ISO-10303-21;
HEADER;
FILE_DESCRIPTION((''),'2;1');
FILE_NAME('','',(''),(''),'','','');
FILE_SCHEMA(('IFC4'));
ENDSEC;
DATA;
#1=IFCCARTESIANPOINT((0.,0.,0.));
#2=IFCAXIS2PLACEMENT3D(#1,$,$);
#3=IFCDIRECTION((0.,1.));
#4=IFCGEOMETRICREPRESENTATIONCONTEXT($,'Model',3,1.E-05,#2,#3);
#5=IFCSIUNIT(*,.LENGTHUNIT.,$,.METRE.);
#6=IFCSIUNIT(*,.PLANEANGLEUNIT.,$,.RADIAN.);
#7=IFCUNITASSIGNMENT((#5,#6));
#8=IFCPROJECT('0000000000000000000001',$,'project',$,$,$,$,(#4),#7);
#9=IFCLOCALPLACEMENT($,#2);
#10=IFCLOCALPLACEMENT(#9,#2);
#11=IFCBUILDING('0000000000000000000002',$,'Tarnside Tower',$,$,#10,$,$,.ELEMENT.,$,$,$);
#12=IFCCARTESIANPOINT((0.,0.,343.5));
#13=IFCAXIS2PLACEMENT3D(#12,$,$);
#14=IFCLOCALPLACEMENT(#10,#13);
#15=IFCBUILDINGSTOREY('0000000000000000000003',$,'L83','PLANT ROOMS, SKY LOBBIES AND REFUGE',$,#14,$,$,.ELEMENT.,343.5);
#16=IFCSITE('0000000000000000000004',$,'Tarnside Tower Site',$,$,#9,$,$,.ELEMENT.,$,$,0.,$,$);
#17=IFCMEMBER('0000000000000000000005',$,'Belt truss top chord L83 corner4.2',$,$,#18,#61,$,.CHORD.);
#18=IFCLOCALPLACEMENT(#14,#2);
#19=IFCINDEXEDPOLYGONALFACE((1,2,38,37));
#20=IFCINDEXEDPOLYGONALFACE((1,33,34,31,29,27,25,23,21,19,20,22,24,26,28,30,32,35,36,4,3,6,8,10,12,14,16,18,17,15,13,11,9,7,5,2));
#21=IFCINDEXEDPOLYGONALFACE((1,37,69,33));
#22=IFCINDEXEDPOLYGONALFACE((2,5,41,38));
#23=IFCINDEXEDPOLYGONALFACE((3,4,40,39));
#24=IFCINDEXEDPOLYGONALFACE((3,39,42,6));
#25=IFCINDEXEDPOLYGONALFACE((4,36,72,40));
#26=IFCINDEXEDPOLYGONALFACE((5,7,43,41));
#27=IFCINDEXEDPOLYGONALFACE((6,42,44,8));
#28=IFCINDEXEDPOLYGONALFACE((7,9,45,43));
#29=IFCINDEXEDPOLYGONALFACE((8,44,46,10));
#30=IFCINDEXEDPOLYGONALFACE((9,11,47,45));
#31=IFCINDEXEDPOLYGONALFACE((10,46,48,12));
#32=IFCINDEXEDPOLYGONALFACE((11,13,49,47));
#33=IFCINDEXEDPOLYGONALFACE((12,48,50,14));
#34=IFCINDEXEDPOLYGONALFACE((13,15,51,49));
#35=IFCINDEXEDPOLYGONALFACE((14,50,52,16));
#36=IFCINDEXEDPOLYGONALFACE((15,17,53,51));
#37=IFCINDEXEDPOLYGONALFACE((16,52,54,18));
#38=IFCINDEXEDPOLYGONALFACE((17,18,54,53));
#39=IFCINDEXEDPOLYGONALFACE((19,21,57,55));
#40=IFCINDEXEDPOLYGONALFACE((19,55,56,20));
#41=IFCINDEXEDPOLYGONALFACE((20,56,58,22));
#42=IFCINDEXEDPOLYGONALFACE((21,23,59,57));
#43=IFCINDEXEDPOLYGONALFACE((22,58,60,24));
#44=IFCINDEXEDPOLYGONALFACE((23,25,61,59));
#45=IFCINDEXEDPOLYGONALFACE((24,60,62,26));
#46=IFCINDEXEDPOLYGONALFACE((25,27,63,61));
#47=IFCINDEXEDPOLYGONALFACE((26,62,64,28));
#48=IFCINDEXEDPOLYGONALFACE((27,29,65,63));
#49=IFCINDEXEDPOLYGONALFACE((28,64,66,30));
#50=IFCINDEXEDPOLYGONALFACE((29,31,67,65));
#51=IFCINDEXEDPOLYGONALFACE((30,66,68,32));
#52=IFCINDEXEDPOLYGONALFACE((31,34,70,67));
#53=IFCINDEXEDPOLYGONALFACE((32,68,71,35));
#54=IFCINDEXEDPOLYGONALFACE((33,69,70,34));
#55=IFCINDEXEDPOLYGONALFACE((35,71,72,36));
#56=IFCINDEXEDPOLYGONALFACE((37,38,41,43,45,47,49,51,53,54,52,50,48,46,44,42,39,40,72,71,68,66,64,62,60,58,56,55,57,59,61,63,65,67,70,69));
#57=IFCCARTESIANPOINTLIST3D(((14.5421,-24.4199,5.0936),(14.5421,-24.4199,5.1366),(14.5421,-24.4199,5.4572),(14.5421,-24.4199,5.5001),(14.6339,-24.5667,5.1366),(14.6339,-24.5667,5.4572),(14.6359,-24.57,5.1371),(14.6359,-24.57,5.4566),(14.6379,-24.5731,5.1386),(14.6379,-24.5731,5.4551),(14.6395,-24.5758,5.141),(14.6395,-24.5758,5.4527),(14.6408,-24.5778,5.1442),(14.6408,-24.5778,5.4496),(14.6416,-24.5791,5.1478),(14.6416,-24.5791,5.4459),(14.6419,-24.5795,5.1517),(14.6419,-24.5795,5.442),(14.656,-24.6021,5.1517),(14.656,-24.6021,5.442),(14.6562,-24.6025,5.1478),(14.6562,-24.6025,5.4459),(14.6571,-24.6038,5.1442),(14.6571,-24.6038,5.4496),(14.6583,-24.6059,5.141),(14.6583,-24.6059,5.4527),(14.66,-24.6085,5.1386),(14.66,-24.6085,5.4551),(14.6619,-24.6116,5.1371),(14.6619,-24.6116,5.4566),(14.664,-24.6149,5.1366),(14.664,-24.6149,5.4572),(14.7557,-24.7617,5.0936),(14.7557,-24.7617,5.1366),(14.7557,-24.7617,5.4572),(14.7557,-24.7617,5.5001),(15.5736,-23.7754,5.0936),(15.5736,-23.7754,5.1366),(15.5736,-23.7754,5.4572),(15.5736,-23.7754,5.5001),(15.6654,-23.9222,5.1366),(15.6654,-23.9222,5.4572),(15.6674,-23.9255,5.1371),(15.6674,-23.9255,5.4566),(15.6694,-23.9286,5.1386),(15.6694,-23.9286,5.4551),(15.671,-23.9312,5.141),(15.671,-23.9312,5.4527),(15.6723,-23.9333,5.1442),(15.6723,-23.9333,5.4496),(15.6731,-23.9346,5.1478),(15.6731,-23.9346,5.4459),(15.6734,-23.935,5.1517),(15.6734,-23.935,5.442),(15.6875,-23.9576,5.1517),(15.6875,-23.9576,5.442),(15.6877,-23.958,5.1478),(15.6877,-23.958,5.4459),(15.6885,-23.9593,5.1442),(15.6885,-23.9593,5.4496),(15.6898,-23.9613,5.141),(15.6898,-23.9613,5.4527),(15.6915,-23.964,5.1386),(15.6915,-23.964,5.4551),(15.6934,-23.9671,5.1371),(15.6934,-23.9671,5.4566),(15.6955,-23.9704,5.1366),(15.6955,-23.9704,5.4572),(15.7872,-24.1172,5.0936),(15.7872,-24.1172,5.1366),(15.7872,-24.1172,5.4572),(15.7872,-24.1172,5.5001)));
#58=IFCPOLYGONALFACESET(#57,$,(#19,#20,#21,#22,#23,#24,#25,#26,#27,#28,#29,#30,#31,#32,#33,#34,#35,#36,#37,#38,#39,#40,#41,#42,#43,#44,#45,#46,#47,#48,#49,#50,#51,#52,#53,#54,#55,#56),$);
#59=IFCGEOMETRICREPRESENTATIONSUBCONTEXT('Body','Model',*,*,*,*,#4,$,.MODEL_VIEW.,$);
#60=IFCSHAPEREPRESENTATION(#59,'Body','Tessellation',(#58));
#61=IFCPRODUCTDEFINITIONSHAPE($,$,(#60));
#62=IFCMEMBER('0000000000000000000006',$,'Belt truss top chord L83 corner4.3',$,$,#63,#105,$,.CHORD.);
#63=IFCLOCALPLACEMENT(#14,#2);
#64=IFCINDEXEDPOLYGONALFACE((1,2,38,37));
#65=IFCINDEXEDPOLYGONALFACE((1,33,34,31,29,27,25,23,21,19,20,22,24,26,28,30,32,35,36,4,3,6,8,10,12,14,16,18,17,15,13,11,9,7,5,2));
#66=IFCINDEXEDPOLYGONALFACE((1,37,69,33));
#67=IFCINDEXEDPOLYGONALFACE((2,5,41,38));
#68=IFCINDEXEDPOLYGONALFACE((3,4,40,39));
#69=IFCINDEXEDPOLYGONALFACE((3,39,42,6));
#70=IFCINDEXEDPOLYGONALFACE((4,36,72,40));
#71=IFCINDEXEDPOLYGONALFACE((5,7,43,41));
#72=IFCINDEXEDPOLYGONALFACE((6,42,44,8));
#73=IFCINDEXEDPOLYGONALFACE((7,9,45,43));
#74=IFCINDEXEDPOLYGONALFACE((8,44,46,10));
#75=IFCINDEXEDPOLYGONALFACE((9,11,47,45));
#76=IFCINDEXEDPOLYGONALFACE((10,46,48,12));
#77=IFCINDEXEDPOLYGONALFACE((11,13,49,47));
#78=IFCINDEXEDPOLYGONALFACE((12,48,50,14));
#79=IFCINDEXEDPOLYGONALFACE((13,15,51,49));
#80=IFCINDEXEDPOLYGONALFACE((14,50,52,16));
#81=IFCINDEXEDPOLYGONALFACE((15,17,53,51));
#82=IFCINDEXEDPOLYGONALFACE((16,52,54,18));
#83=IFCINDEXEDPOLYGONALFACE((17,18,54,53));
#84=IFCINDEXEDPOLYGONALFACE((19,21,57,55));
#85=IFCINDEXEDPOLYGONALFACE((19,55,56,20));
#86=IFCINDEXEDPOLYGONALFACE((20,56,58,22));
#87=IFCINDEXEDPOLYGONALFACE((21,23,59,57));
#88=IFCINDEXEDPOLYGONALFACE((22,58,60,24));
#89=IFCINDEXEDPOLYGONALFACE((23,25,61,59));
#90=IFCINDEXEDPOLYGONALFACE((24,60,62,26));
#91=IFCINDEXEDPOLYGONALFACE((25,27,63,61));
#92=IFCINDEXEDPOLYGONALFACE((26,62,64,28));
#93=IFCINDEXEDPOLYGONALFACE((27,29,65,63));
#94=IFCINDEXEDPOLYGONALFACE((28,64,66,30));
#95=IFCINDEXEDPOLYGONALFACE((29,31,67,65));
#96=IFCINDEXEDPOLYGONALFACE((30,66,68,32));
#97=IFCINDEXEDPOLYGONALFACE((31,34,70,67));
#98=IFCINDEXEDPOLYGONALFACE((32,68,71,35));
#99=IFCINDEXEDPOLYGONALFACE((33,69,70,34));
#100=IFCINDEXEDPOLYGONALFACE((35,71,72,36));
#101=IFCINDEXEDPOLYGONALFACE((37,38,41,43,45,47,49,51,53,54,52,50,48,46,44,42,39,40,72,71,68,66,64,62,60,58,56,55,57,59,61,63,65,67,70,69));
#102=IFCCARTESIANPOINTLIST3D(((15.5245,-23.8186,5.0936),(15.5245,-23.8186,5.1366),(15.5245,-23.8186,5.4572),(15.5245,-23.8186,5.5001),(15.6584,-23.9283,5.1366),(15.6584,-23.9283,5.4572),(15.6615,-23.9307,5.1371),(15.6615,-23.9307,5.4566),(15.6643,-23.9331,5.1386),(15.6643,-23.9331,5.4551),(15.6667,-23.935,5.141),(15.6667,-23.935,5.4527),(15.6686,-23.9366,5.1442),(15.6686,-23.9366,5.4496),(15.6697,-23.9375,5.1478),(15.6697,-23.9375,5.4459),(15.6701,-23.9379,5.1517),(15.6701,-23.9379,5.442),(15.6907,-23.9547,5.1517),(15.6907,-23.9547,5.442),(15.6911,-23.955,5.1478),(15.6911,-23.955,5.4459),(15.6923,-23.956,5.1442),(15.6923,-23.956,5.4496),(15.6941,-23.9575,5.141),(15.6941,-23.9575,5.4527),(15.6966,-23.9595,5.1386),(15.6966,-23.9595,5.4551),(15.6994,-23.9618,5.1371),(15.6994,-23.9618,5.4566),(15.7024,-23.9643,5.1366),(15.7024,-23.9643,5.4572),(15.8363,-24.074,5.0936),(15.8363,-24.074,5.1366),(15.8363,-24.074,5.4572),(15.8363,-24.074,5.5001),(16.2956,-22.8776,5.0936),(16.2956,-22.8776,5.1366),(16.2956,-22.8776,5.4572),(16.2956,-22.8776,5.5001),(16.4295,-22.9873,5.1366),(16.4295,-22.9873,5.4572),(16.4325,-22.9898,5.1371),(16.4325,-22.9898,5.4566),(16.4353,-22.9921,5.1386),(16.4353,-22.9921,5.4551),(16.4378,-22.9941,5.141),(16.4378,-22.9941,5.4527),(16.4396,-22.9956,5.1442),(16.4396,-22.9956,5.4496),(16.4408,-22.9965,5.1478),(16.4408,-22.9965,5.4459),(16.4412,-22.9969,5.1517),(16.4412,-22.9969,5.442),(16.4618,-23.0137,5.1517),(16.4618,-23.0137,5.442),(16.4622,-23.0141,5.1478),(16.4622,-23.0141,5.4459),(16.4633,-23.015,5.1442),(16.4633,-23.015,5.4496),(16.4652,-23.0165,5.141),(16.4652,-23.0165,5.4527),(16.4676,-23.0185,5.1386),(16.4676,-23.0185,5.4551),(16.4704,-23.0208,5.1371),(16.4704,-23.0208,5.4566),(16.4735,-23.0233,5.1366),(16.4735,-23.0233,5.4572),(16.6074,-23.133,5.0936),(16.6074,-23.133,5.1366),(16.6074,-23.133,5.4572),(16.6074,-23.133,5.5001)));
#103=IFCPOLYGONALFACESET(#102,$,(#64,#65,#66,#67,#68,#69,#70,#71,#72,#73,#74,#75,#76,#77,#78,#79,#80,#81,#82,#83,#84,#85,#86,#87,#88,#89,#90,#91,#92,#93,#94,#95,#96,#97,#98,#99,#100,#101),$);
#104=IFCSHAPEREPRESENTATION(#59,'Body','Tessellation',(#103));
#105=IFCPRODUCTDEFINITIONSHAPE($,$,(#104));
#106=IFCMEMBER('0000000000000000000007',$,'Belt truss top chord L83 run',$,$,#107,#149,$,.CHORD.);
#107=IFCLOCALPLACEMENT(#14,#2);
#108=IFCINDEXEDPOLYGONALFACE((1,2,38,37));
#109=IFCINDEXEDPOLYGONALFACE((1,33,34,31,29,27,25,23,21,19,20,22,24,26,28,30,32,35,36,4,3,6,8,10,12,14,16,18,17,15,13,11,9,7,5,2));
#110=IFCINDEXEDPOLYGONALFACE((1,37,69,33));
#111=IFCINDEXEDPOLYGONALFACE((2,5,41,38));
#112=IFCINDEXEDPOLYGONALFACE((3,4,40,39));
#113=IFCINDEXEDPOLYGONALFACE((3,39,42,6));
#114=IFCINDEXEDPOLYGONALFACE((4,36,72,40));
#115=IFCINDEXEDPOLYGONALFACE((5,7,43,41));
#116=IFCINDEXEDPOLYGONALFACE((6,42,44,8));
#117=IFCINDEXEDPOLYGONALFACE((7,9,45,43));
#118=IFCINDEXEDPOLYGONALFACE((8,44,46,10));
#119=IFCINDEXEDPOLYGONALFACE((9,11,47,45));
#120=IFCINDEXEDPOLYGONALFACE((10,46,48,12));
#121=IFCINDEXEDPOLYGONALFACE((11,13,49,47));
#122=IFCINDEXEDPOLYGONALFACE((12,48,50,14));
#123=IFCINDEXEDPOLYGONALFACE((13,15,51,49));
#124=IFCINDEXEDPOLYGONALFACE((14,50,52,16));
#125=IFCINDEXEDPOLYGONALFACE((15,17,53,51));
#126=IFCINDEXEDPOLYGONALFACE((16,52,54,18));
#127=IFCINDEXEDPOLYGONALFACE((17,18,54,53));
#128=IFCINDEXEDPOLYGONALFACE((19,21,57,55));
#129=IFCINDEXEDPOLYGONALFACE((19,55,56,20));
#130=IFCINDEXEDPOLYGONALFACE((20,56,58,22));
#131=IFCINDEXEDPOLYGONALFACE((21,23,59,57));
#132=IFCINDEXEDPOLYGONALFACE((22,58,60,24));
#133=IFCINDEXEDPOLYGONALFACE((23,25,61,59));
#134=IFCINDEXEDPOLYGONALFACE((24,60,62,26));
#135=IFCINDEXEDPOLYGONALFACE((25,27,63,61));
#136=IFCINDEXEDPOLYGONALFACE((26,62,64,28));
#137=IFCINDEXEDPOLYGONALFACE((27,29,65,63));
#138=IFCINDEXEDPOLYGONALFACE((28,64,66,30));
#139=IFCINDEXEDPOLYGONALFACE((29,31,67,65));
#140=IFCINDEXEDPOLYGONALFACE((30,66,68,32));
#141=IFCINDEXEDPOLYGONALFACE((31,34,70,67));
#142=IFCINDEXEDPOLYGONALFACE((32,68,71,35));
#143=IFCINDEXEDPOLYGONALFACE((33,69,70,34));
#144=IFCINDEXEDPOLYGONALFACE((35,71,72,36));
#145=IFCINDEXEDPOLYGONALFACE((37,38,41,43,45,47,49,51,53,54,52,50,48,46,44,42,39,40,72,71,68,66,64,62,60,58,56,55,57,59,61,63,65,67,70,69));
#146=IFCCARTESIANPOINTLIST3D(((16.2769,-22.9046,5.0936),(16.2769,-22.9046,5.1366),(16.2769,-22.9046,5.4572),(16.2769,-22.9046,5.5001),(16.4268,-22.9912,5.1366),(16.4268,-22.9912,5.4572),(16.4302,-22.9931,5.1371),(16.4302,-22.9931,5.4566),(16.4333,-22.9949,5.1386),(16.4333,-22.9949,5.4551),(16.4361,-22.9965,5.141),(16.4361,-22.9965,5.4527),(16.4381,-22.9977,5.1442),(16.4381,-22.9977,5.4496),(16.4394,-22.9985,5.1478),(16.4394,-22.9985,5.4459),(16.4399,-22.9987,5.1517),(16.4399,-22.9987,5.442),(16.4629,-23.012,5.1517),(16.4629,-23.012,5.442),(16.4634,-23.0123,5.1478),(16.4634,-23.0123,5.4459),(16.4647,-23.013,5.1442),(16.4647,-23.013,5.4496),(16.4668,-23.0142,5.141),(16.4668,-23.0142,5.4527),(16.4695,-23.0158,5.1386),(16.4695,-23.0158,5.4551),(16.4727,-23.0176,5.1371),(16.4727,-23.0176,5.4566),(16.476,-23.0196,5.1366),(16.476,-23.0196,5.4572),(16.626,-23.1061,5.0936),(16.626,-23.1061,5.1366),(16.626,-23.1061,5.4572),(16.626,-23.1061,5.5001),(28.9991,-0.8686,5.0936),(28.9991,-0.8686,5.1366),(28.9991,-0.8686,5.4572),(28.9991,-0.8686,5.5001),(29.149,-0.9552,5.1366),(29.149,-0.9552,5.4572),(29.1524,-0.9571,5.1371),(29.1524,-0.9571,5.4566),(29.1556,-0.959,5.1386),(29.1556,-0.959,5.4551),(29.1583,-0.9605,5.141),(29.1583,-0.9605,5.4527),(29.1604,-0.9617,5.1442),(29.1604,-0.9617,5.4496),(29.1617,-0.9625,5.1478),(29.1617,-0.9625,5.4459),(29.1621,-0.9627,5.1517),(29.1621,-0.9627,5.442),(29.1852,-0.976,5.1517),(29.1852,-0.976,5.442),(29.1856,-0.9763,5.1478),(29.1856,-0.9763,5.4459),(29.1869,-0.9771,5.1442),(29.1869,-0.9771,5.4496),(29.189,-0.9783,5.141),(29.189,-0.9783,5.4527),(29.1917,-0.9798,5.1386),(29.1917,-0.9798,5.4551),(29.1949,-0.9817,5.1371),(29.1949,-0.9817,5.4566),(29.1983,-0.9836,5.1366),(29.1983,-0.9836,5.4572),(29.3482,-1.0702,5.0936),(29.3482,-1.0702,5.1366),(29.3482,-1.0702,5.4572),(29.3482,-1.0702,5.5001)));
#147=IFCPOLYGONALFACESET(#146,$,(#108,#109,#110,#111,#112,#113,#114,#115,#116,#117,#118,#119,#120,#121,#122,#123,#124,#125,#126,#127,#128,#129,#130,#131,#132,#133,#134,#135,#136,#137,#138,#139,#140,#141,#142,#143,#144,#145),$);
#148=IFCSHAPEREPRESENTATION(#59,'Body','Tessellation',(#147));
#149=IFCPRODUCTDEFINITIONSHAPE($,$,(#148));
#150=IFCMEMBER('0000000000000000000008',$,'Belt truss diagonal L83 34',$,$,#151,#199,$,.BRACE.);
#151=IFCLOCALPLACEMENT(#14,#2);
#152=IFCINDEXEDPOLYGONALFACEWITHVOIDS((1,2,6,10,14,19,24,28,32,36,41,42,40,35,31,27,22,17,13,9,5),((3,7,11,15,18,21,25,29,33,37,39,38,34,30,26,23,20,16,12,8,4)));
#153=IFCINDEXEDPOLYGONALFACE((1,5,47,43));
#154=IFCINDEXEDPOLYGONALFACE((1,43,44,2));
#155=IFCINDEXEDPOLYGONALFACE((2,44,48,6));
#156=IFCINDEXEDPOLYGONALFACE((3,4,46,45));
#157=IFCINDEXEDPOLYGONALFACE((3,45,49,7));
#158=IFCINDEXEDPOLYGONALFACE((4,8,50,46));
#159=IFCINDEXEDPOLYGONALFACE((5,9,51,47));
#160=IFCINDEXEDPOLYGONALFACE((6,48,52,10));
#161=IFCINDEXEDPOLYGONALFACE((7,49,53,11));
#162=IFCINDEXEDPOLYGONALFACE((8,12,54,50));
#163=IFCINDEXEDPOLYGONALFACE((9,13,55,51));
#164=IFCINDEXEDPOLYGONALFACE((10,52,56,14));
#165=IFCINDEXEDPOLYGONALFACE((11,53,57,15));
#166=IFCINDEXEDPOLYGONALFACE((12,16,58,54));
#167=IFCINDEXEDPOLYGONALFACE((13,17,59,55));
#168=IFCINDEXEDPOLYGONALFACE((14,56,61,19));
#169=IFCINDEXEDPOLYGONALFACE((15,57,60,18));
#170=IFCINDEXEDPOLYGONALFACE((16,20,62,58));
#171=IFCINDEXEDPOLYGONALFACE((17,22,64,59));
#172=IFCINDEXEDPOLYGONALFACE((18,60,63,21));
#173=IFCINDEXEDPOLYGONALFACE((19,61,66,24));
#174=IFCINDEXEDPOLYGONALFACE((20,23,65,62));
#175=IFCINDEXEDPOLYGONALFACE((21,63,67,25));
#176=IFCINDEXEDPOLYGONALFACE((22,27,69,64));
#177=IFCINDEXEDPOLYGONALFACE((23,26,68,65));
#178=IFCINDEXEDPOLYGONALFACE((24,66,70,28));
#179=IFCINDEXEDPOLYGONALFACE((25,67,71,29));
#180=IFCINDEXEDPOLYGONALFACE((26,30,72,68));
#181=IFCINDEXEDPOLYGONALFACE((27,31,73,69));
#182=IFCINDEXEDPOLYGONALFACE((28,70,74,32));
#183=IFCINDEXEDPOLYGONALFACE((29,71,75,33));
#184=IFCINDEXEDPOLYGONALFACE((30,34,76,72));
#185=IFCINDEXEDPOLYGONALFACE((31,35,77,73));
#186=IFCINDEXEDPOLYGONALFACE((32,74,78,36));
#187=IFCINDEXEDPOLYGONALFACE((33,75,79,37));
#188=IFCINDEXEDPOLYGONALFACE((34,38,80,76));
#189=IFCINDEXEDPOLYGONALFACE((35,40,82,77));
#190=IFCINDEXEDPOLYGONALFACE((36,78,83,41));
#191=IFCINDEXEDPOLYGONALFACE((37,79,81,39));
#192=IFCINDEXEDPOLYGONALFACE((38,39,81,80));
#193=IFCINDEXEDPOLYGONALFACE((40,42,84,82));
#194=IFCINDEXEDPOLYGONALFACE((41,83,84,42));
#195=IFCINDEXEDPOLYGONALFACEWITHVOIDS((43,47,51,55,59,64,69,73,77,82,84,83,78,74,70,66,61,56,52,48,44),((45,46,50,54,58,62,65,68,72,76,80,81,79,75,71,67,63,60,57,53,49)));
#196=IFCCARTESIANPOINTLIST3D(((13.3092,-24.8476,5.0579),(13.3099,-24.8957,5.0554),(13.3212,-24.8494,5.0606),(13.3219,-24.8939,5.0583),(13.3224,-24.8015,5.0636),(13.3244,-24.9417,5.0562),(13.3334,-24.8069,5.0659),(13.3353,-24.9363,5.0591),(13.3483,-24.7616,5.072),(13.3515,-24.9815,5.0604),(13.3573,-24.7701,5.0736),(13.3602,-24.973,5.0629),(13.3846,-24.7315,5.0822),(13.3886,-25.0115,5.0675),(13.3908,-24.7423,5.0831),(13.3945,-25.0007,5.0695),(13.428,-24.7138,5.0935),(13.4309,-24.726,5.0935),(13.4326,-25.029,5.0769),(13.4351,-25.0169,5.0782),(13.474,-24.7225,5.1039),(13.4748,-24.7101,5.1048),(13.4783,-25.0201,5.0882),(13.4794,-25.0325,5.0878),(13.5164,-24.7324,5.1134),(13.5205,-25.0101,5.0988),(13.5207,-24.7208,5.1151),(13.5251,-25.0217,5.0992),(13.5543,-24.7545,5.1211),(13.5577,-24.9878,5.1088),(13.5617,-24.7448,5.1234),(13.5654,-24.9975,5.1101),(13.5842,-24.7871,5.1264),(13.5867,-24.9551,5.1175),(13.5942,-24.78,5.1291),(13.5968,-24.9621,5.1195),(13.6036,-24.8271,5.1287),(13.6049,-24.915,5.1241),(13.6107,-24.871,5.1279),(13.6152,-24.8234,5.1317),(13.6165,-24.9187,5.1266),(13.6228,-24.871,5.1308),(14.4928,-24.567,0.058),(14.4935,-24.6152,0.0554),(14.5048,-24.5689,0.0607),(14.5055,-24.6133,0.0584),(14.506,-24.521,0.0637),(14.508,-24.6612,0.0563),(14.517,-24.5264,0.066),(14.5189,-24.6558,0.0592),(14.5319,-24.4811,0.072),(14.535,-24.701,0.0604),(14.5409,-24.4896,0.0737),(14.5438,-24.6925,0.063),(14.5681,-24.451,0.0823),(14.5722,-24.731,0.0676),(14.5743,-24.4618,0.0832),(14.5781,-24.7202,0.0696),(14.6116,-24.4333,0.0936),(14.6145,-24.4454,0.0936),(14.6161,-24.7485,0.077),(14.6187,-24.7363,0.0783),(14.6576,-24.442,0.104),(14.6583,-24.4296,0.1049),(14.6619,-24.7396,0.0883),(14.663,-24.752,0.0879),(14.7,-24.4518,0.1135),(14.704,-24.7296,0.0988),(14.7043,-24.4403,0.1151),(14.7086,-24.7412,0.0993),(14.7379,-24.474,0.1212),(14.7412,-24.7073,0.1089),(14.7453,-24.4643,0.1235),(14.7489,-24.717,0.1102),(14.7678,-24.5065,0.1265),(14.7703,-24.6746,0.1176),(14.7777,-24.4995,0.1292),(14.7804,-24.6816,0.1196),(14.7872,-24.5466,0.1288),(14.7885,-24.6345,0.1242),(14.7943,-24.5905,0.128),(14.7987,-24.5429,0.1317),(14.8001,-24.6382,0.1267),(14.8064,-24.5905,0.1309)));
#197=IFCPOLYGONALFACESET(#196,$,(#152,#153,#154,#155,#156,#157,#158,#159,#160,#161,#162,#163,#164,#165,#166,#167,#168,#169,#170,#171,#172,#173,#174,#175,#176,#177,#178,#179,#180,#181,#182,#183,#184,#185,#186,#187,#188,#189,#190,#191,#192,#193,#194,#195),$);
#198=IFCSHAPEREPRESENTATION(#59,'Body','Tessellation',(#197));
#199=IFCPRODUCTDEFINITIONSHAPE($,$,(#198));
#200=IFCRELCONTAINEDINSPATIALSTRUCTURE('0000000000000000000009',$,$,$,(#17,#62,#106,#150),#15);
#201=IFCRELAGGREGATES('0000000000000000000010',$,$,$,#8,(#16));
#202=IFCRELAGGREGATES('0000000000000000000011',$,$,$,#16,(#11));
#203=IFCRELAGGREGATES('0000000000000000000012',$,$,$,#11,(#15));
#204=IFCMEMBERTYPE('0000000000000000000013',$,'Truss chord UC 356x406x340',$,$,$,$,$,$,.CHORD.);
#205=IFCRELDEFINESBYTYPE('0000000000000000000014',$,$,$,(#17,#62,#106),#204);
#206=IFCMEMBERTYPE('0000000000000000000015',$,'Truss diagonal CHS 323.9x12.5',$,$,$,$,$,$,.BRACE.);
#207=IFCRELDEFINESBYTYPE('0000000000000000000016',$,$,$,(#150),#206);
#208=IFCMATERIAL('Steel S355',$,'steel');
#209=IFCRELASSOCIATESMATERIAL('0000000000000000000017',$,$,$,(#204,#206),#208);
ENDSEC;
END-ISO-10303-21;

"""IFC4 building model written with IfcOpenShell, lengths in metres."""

from ifc_helpers import new_model, si_unit, direction, frame, origin, origin_2d, place, context, subcontext, project, spatial, hollow_circle, i_section, extrude, material, material_profile, profile_set, type_object, element, save


model = new_model("IFC4")

# Units and contexts
model_context = context("Model", 3, precision=1e-05, world=origin(), true_north=direction((0.0, 1.0)))
body_context = subcontext(model_context, "Body", "Model", "MODEL_VIEW")
ifc_project = project(units=[si_unit("LENGTHUNIT", "METRE"), si_unit("PLANEANGLEUNIT", "RADIAN")], contexts=[model_context])

# Site, building, storey
site_placement = place(None, origin())
site = spatial("IfcSite", under=ifc_project, at=site_placement, Name="Tarnside Tower Site", CompositionType="ELEMENT", RefElevation=0.0)
building_placement = place(site_placement, origin())
building = spatial("IfcBuilding", under=site, at=building_placement, Name="Tarnside Tower", CompositionType="ELEMENT")
storey_placement = place(building_placement, frame((0.0, 0.0, 343.5)))
storey = spatial("IfcBuildingStorey", under=building, at=storey_placement, Name="L83", Description="PLANT ROOMS, SKY LOBBIES AND REFUGE", CompositionType="ELEMENT", Elevation=343.5)

# Shared definitions
ifc_material_1 = material(Name="Steel S355", Category="steel")

# Members
ifc_material_profile_1 = material_profile(ifc_material_1, i_section(OverallWidth=0.4031, OverallDepth=0.4065, WebThickness=0.0266, FlangeThickness=0.043, FilletRadius=0.0151, at=origin_2d()), Name="UC 356x406x340")
ifc_profile_set_1 = profile_set([ifc_material_profile_1], Name="Steel S355")
member_type_1 = type_object("IfcMemberType", Name="Truss chord UC 356x406x340", PredefinedType="CHORD", material=ifc_profile_set_1)
for number, where, z_axis, x_axis, name in (
    (1, (14.6489, -24.5908, 5.2969), (0.848055, 0.529909, 0.0), (-0.529909, 0.848055, 0.0), "Belt truss top chord L83 corner4.2"),
):
    element("IfcMember", number, at=place(storey_placement, frame(where, z_axis=z_axis, x_axis=x_axis)), inside=storey, type_object=member_type_1, Name=name, PredefinedType="CHORD", context=body_context, shape_type="SweptSolid", body=[
        extrude(i_section(OverallWidth=0.4031, OverallDepth=0.4065, WebThickness=0.0266, FlangeThickness=0.043, FilletRadius=0.0151, at=origin_2d()), origin(), (0.0, 0.0, 1.0), 1.2163),
    ])
member_1_placement = place(storey_placement, frame((15.6804, -23.9463, 5.2969), z_axis=(0.633806, 0.773492, 0.0), x_axis=(-0.773492, 0.633806, 0.0)))
element("IfcMember", 2, at=member_1_placement, inside=storey, type_object=member_type_1, Name="Belt truss top chord L83 corner4.3", PredefinedType="CHORD", context=body_context, shape_type="SweptSolid", body=[
    extrude(i_section(OverallWidth=0.4031, OverallDepth=0.4065, WebThickness=0.0266, FlangeThickness=0.043, FilletRadius=0.0151, at=origin_2d()), origin(), (0.0, 0.0, 1.0), 1.2166),
])
member_2_placement = place(storey_placement, frame((16.4514, -23.0054, 5.2969), z_axis=(0.499992, 0.86603, 0.0), x_axis=(-0.86603, 0.499992, 0.0)))
element("IfcMember", 3, at=member_2_placement, inside=storey, type_object=member_type_1, Name="Belt truss top chord L83 run", PredefinedType="CHORD", context=body_context, shape_type="SweptSolid", body=[
    extrude(i_section(OverallWidth=0.4031, OverallDepth=0.4065, WebThickness=0.0266, FlangeThickness=0.043, FilletRadius=0.0151, at=origin_2d()), origin(), (0.0, 0.0, 1.0), 25.4448),
])
ifc_material_profile_2 = material_profile(ifc_material_1, hollow_circle(Radius=0.1619, WallThickness=0.0125, at=origin_2d()), Name="CHS 323.9x12.5")
ifc_profile_set_2 = profile_set([ifc_material_profile_2], Name="Steel S355")
member_type_2 = type_object("IfcMemberType", Name="Truss diagonal CHS 323.9x12.5", PredefinedType="BRACE", material=ifc_profile_set_2)
for number, where, z_axis, x_axis, name in (
    (4, (13.4653, -24.8713, 5.0935), (0.23001, 0.054514, -0.97166), (-0.230616, 0.973045, 0.0), "Belt truss diagonal L83 34"),
):
    element("IfcMember", number, at=place(storey_placement, frame(where, z_axis=z_axis, x_axis=x_axis)), inside=storey, type_object=member_type_2, Name=name, PredefinedType="BRACE", context=body_context, shape_type="SweptSolid", body=[
        extrude(hollow_circle(Radius=0.1619, WallThickness=0.0125, at=origin_2d()), origin(), (0.0, 0.0, 1.0), 5.1458),
    ])

save(model, "model.ifc")
